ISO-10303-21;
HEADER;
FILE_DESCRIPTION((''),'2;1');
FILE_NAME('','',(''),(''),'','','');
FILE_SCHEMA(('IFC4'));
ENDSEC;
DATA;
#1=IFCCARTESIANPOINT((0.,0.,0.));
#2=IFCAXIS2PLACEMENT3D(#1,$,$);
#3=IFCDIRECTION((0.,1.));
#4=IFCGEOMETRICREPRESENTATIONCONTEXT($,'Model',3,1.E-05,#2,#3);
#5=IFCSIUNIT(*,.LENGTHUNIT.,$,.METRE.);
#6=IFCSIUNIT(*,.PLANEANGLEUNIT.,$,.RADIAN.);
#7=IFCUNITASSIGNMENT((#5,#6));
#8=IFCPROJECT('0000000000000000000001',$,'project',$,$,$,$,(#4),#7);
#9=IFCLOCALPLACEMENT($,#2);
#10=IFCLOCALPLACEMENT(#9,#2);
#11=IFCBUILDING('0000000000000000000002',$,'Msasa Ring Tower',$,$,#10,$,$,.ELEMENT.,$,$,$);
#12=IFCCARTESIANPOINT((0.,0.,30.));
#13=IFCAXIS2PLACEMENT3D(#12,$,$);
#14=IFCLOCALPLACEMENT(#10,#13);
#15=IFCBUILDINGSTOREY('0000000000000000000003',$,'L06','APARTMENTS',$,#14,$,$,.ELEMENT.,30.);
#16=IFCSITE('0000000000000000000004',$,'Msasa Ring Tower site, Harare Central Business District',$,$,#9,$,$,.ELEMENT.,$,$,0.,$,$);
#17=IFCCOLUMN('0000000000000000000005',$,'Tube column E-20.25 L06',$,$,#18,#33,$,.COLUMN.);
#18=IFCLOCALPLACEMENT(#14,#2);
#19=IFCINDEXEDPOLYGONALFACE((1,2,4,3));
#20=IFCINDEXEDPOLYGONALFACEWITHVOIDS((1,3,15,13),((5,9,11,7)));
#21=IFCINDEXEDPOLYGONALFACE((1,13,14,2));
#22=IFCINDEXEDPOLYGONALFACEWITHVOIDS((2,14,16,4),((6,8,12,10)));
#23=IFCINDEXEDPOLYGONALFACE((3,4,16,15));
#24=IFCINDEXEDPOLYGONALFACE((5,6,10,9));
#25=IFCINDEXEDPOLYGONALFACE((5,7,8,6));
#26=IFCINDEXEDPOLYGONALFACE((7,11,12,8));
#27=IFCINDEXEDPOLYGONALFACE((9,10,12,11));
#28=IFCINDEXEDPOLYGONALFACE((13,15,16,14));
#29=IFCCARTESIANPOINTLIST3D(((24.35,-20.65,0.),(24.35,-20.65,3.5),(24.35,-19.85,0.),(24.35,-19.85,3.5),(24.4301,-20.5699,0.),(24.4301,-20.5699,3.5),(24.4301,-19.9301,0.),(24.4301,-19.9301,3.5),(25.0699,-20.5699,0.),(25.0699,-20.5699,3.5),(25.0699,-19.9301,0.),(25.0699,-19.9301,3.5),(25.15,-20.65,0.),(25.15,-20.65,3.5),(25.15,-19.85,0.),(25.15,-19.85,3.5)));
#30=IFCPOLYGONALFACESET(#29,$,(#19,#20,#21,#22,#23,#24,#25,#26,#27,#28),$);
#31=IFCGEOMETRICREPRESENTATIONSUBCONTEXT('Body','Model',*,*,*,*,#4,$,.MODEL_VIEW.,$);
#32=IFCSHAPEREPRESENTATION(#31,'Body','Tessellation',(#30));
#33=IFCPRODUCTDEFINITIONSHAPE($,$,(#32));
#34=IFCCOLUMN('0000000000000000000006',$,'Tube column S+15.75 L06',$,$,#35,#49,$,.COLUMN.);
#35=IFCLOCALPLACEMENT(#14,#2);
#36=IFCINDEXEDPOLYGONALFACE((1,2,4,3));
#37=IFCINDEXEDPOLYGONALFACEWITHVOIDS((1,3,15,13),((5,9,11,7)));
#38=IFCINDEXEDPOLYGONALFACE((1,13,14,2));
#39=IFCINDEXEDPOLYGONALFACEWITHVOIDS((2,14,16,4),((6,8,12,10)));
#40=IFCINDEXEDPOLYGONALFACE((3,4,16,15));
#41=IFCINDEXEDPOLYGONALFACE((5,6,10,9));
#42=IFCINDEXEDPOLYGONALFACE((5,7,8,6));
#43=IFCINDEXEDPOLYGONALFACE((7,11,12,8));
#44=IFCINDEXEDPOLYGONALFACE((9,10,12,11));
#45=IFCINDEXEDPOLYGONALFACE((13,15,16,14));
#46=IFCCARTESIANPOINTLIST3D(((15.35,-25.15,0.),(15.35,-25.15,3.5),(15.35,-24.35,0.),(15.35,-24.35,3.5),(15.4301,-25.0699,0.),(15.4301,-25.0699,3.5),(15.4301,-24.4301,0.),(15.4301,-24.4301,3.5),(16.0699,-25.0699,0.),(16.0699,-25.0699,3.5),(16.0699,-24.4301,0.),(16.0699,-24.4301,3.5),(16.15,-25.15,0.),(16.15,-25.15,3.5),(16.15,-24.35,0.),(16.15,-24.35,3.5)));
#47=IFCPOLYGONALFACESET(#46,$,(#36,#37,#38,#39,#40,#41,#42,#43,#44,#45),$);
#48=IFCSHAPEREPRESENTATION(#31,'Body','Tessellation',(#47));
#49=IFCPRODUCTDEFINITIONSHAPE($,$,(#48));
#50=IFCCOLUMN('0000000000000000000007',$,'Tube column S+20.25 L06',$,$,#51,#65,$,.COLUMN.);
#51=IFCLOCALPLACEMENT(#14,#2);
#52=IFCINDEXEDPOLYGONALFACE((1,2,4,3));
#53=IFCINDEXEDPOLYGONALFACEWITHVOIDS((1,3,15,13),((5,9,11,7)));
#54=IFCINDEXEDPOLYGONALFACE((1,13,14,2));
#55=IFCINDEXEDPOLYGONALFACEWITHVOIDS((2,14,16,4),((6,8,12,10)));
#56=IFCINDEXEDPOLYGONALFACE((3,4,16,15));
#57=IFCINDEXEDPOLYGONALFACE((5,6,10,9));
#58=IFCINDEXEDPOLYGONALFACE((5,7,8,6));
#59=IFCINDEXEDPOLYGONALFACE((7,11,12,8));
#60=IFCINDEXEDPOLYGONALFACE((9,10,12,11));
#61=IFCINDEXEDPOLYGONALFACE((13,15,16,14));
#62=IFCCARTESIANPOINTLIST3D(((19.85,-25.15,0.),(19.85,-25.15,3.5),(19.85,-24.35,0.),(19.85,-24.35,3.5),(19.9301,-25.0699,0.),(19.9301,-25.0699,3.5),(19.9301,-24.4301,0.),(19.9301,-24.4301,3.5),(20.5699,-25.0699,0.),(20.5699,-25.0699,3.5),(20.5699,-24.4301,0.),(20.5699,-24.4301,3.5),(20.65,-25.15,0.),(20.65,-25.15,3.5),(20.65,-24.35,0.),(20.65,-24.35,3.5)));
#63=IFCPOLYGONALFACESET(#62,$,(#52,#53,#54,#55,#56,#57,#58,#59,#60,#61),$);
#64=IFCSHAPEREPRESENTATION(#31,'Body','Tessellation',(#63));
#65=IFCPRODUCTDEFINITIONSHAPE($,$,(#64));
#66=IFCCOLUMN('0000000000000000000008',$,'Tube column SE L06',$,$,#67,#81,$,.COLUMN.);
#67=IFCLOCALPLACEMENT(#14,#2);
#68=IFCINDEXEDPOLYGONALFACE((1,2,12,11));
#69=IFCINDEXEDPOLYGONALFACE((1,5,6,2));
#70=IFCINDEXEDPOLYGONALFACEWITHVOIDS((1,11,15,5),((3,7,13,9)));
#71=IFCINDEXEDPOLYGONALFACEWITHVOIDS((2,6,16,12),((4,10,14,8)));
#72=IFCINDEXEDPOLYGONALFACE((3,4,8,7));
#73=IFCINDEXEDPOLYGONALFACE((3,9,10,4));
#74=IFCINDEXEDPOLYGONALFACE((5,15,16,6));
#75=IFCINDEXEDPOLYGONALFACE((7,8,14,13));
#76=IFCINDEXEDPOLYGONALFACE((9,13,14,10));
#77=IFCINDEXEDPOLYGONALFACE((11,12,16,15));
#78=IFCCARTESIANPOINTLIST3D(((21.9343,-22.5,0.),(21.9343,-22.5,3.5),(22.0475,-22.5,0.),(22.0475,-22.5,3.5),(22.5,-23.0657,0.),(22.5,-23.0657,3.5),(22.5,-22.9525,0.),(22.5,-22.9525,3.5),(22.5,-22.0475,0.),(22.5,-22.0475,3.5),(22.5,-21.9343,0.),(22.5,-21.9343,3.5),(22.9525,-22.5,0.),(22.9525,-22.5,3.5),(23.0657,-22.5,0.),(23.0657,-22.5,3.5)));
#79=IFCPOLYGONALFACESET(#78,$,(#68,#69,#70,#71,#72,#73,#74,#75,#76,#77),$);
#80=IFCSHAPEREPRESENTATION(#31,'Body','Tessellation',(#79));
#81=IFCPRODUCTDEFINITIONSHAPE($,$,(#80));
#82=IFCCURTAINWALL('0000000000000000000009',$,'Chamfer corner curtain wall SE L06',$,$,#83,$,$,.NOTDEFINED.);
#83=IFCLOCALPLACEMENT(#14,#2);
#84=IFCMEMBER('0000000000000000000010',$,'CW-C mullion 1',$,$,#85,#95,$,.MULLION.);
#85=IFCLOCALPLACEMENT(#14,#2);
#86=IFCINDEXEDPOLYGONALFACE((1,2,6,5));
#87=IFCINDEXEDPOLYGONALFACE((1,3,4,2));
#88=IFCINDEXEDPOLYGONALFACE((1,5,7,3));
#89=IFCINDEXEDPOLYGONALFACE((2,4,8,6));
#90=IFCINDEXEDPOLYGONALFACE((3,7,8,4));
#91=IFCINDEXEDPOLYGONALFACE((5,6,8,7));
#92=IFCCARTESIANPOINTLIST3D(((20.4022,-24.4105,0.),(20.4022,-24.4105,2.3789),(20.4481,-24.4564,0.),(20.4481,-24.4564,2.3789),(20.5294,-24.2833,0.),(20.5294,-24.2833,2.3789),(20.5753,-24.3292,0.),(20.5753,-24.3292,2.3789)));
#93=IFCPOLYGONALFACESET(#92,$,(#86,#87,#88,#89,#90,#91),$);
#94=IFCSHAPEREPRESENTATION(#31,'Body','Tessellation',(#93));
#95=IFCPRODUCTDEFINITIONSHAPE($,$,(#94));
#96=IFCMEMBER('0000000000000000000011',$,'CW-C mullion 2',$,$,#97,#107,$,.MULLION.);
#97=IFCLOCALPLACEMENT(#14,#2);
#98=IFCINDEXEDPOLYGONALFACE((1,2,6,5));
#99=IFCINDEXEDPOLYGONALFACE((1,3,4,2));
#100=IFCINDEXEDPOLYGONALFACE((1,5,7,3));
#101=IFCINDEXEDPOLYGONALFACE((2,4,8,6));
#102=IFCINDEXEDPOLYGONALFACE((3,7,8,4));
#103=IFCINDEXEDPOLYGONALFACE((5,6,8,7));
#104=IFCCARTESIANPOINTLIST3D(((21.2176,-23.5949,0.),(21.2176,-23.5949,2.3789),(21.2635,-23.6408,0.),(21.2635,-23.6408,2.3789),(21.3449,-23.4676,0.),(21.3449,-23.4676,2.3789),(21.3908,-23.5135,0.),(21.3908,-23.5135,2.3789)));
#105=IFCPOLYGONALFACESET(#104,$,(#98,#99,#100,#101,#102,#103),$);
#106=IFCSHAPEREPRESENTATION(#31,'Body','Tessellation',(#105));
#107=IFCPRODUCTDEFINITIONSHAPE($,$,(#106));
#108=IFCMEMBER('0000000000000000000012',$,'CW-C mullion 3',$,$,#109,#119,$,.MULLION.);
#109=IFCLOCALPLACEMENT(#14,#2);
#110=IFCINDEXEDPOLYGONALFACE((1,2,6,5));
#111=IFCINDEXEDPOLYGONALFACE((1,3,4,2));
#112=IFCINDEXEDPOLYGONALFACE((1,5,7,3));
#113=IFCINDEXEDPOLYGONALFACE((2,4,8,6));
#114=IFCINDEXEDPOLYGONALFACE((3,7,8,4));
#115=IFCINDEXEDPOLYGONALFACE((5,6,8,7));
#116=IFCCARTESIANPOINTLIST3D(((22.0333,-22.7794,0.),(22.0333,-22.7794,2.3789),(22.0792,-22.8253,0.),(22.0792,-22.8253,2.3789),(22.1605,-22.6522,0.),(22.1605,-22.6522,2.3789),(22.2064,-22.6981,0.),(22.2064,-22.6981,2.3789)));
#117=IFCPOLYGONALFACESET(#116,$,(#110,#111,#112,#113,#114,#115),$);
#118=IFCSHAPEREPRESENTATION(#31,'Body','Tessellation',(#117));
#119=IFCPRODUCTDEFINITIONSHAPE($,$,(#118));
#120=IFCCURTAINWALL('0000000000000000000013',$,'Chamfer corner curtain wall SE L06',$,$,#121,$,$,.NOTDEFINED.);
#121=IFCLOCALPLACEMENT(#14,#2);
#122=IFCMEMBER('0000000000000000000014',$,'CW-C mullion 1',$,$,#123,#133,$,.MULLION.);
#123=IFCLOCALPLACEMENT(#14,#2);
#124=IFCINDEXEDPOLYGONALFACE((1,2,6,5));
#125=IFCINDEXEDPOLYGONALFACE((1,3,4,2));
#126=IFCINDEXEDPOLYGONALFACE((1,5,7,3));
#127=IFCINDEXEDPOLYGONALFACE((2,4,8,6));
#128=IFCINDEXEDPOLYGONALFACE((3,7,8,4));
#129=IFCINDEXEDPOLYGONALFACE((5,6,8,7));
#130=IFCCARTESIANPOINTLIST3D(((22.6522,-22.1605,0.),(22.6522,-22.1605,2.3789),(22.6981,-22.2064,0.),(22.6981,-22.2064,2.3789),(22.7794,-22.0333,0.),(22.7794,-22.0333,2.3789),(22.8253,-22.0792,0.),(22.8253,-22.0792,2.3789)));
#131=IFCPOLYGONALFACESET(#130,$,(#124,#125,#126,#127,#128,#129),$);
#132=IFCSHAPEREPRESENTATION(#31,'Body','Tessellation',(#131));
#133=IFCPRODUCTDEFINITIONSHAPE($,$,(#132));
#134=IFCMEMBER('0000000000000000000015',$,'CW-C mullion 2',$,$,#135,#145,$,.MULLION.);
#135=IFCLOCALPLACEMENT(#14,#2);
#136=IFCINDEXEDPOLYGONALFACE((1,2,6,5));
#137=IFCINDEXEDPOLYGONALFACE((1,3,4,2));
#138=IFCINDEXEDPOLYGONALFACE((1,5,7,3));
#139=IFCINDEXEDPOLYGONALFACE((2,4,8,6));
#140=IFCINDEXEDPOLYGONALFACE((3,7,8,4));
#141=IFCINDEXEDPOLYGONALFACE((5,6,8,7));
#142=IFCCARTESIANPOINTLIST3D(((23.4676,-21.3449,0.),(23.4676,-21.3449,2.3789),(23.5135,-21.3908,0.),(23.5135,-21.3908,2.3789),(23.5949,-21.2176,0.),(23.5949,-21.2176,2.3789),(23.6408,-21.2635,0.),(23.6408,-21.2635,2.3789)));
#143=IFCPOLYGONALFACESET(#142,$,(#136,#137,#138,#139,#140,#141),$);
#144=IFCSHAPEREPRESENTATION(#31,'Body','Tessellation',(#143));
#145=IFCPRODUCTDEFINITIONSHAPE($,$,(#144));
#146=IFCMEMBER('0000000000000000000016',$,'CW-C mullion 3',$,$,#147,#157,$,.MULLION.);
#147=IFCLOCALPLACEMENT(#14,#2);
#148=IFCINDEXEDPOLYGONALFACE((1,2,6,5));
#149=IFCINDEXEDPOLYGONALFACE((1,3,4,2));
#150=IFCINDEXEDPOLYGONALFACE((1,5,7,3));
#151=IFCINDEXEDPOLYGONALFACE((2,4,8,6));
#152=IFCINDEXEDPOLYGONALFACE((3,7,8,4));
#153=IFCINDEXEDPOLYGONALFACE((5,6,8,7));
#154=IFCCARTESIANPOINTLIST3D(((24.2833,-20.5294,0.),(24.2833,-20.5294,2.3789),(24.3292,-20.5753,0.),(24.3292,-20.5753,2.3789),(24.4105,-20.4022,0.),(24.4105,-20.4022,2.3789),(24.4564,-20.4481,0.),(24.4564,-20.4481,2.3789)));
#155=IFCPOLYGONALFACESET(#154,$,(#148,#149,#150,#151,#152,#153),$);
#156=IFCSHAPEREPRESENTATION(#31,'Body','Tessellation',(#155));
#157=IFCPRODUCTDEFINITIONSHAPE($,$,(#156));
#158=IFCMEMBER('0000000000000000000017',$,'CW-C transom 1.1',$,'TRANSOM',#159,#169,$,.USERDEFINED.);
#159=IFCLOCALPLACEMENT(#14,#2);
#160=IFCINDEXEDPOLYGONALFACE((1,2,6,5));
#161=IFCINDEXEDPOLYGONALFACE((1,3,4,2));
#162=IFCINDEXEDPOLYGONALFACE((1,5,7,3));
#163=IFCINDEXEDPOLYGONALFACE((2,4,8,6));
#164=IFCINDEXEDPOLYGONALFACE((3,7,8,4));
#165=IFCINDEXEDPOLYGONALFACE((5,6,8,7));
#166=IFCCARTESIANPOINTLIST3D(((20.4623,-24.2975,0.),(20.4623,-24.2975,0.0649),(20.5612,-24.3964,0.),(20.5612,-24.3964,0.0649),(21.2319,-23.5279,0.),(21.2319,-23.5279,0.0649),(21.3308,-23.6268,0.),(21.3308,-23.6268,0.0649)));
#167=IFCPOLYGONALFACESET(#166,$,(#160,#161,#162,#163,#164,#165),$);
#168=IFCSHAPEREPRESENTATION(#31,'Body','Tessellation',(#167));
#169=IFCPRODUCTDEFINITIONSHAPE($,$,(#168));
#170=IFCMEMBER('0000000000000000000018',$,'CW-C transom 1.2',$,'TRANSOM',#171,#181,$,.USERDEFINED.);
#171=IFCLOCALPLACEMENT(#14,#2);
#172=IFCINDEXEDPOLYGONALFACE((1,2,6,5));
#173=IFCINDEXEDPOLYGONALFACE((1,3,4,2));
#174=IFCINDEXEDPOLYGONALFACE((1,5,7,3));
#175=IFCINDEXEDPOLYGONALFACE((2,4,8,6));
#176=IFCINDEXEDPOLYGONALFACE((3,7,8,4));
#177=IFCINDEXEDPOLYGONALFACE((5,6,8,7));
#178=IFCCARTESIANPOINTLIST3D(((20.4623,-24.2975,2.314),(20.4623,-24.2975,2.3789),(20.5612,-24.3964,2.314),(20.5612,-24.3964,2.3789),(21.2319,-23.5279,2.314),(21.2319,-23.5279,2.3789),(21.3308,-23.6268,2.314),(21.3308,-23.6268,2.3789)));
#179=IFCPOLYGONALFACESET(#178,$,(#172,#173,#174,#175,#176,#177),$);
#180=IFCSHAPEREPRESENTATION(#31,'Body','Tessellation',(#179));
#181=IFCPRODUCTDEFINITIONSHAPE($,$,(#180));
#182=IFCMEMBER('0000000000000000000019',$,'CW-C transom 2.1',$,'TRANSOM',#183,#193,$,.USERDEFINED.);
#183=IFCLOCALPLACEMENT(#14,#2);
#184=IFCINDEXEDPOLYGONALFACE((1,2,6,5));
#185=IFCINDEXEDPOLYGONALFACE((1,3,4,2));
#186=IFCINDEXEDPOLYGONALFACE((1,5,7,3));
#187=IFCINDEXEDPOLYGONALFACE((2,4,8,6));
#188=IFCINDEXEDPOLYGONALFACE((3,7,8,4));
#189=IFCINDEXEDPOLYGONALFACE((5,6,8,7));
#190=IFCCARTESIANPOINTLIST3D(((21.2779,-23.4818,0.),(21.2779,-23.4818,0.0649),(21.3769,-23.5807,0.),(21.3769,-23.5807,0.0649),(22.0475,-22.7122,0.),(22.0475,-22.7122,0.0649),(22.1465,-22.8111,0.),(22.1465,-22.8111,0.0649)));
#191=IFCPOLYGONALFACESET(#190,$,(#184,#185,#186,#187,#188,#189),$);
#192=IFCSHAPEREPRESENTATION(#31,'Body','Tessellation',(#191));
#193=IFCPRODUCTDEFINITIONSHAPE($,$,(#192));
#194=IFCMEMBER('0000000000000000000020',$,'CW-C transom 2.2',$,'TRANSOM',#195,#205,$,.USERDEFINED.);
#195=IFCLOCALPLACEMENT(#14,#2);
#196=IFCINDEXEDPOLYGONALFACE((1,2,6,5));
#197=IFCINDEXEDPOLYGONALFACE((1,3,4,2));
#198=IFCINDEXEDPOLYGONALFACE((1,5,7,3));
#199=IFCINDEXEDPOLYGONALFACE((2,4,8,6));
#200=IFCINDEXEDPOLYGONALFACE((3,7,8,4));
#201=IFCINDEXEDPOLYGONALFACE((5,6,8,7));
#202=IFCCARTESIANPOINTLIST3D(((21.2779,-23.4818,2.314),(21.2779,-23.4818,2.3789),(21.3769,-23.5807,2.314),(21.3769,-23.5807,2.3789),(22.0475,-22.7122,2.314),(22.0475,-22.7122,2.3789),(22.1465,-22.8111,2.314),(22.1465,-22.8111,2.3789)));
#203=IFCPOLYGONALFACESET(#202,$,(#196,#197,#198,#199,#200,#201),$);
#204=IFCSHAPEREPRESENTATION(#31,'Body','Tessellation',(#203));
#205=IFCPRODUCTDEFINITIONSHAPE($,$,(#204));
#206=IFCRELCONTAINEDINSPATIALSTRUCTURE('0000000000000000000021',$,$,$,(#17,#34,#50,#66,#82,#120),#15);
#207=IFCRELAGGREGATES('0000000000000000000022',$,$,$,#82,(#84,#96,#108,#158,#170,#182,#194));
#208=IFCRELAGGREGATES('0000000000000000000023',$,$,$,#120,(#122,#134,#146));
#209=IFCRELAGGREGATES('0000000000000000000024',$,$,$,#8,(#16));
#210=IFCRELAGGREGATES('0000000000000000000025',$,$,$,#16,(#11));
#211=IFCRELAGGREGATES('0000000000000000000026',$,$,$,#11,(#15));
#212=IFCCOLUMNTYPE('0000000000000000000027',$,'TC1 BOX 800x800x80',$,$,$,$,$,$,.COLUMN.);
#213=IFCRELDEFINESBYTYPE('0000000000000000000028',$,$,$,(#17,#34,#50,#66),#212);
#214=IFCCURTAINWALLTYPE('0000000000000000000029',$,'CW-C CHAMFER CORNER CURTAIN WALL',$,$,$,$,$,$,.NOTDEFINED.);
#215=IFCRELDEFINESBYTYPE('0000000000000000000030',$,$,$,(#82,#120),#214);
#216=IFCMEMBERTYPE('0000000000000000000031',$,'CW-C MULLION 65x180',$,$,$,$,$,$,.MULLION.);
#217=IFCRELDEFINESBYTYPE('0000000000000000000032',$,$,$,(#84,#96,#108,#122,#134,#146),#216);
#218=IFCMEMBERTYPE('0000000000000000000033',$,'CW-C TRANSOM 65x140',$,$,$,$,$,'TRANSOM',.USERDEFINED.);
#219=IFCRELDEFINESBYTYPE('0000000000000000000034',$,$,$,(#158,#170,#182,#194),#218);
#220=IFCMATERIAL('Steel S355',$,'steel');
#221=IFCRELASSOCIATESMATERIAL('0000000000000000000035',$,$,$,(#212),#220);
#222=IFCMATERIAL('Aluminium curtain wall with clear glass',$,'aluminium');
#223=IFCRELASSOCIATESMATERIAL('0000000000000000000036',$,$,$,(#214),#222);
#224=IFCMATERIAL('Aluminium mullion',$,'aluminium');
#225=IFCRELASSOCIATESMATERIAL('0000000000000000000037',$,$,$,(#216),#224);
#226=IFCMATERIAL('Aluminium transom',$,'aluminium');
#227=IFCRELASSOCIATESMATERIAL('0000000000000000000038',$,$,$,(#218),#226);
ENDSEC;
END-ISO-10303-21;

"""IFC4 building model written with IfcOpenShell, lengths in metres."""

from ifc_helpers import new_model, si_unit, direction, frame, origin, origin_2d, place, context, subcontext, project, spatial, rectangle, hollow_rectangle, extrude, material, material_profile, profile_set, type_object, element, aggregate, save


model = new_model("IFC4")

# Units and contexts
model_context = context("Model", 3, precision=1e-05, world=origin(), true_north=direction((0.0, 1.0)))
body_context = subcontext(model_context, "Body", "Model", "MODEL_VIEW")
ifc_project = project(units=[si_unit("LENGTHUNIT", "METRE"), si_unit("PLANEANGLEUNIT", "RADIAN")], contexts=[model_context])

# Site, building, storey
site_placement = place(None, origin())
site = spatial("IfcSite", under=ifc_project, at=site_placement, Name="Msasa Ring Tower site, Harare Central Business District", CompositionType="ELEMENT", RefElevation=0.0)
building_placement = place(site_placement, origin())
building = spatial("IfcBuilding", under=site, at=building_placement, Name="Msasa Ring Tower", CompositionType="ELEMENT")
storey_placement = place(building_placement, frame((0.0, 0.0, 30.0)))
storey = spatial("IfcBuildingStorey", under=building, at=storey_placement, Name="L06", Description="APARTMENTS", CompositionType="ELEMENT", Elevation=30.0)

# Columns
ifc_material_1 = material(Name="Steel S355", Category="steel")
ifc_material_profile_1 = material_profile(ifc_material_1, hollow_rectangle(XDim=0.8, YDim=0.8, WallThickness=0.0801, at=origin_2d()), Name="BOX 800x800x80")
ifc_profile_set_1 = profile_set([ifc_material_profile_1], Name="Steel S355")
column_type = type_object("IfcColumnType", Name="TC1 BOX 800x800x80", PredefinedType="COLUMN", material=ifc_profile_set_1)
for number, where, z_axis, x_axis, name in (
    (1, (24.75, -20.25, 0.0), (0.0, 0.0, 1.0), (1.0, 0.0, 0.0), "Tube column E-20.25 L06"),
    (2, (15.75, -24.75, 0.0), (0.0, 0.0, 1.0), (0.0, 1.0, 0.0), "Tube column S+15.75 L06"),
    (3, (20.25, -24.75, 0.0), (0.0, 0.0, 1.0), (0.0, 1.0, 0.0), "Tube column S+20.25 L06"),
    (4, (22.5, -22.5, 0.0), (0.0, 0.0, 1.0), (0.707107, -0.707107, 0.0), "Tube column SE L06"),
):
    element("IfcColumn", number, at=place(storey_placement, frame(where, z_axis=z_axis, x_axis=x_axis)), inside=storey, type_object=column_type, Name=name, PredefinedType="COLUMN", context=body_context, shape_type="SweptSolid", body=[
        extrude(hollow_rectangle(XDim=0.8, YDim=0.8, WallThickness=0.0801, at=origin_2d()), origin(), (0.0, 0.0, 1.0), 3.5),
    ])

# Curtain walls, members
ifc_material_2 = material(Name="Aluminium curtain wall with clear glass", Category="aluminium")
curtain_wall_type = type_object("IfcCurtainWallType", Name="CW-C CHAMFER CORNER CURTAIN WALL", PredefinedType="NOTDEFINED", material=ifc_material_2)
curtain_wall_1_placement = place(storey_placement, origin())
curtain_wall_1 = element("IfcCurtainWall", 5, at=curtain_wall_1_placement, inside=storey, type_object=curtain_wall_type, Name="Chamfer corner curtain wall SE L06", PredefinedType="NOTDEFINED")
ifc_material_3 = material(Name="Aluminium mullion", Category="aluminium")
ifc_material_profile_2 = material_profile(ifc_material_3, rectangle(XDim=0.0649, YDim=0.1799, at=origin_2d()), Name="AL 65x180")
ifc_profile_set_2 = profile_set([ifc_material_profile_2], Name="Aluminium mullion")
member_type_1 = type_object("IfcMemberType", Name="CW-C MULLION 65x180", PredefinedType="MULLION", material=ifc_profile_set_2)
member_1_placement = place(storey_placement, frame((20.4888, -24.3699, 0.0), z_axis=(0.0, 0.0, 1.0), x_axis=(-0.707107, 0.707107, 0.0)))
member_1 = element("IfcMember", 6, at=member_1_placement, type_object=member_type_1, Name="CW-C mullion 1", PredefinedType="MULLION", context=body_context, shape_type="SweptSolid", body=[
    extrude(rectangle(XDim=0.0649, YDim=0.1799, at=origin_2d()), origin(), (0.0, 0.0, 1.0), 2.3789),
])
member_2_placement = place(storey_placement, frame((21.3042, -23.5542, 0.0), z_axis=(0.0, 0.0, 1.0), x_axis=(-0.707107, 0.707107, 0.0)))
member_2 = element("IfcMember", 7, at=member_2_placement, type_object=member_type_1, Name="CW-C mullion 2", PredefinedType="MULLION", context=body_context, shape_type="SweptSolid", body=[
    extrude(rectangle(XDim=0.0649, YDim=0.1799, at=origin_2d()), origin(), (0.0, 0.0, 1.0), 2.3789),
])
member_3_placement = place(storey_placement, frame((22.1199, -22.7388, 0.0), z_axis=(0.0, 0.0, 1.0), x_axis=(-0.707107, 0.707107, 0.0)))
member_3 = element("IfcMember", 8, at=member_3_placement, type_object=member_type_1, Name="CW-C mullion 3", PredefinedType="MULLION", context=body_context, shape_type="SweptSolid", body=[
    extrude(rectangle(XDim=0.0649, YDim=0.1799, at=origin_2d()), origin(), (0.0, 0.0, 1.0), 2.3789),
])
curtain_wall_2_placement = place(storey_placement, origin())
curtain_wall_2 = element("IfcCurtainWall", 9, at=curtain_wall_2_placement, inside=storey, type_object=curtain_wall_type, Name="Chamfer corner curtain wall SE L06", PredefinedType="NOTDEFINED")
member_4_placement = place(storey_placement, frame((22.7388, -22.1199, 0.0), z_axis=(0.0, 0.0, 1.0), x_axis=(-0.707107, 0.707107, 0.0)))
member_4 = element("IfcMember", 10, at=member_4_placement, type_object=member_type_1, Name="CW-C mullion 1", PredefinedType="MULLION", context=body_context, shape_type="SweptSolid", body=[
    extrude(rectangle(XDim=0.0649, YDim=0.1799, at=origin_2d()), origin(), (0.0, 0.0, 1.0), 2.3789),
])
member_5_placement = place(storey_placement, frame((23.5542, -21.3042, 0.0), z_axis=(0.0, 0.0, 1.0), x_axis=(-0.707107, 0.707107, 0.0)))
member_5 = element("IfcMember", 11, at=member_5_placement, type_object=member_type_1, Name="CW-C mullion 2", PredefinedType="MULLION", context=body_context, shape_type="SweptSolid", body=[
    extrude(rectangle(XDim=0.0649, YDim=0.1799, at=origin_2d()), origin(), (0.0, 0.0, 1.0), 2.3789),
])
member_6_placement = place(storey_placement, frame((24.3699, -20.4888, 0.0), z_axis=(0.0, 0.0, 1.0), x_axis=(-0.707107, 0.707107, 0.0)))
member_6 = element("IfcMember", 12, at=member_6_placement, type_object=member_type_1, Name="CW-C mullion 3", PredefinedType="MULLION", context=body_context, shape_type="SweptSolid", body=[
    extrude(rectangle(XDim=0.0649, YDim=0.1799, at=origin_2d()), origin(), (0.0, 0.0, 1.0), 2.3789),
])

# Members
ifc_material_4 = material(Name="Aluminium transom", Category="aluminium")
ifc_material_profile_3 = material_profile(ifc_material_4, rectangle(XDim=0.1399, YDim=0.0649, at=origin_2d()), Name="AL 65x140")
ifc_profile_set_3 = profile_set([ifc_material_profile_3], Name="Aluminium transom")
member_type_2 = type_object("IfcMemberType", Name="CW-C TRANSOM 65x140", ElementType="TRANSOM", PredefinedType="USERDEFINED", material=ifc_profile_set_3)
member_7_placement = place(storey_placement, frame((20.5117, -24.3469, 0.0325), z_axis=(0.707107, 0.707107, 0.0), x_axis=(-0.707107, 0.707107, 0.0)))
member_7 = element("IfcMember", 13, at=member_7_placement, type_object=member_type_2, Name="CW-C transom 1.1", ObjectType="TRANSOM", PredefinedType="USERDEFINED", context=body_context, shape_type="SweptSolid", body=[
    extrude(rectangle(XDim=0.1399, YDim=0.0649, at=origin_2d()), origin(), (0.0, 0.0, 1.0), 1.0884),
])
member_8_placement = place(storey_placement, frame((20.5117, -24.3469, 2.3464), z_axis=(0.707107, 0.707107, 0.0), x_axis=(-0.707107, 0.707107, 0.0)))
member_8 = element("IfcMember", 14, at=member_8_placement, type_object=member_type_2, Name="CW-C transom 1.2", ObjectType="TRANSOM", PredefinedType="USERDEFINED", context=body_context, shape_type="SweptSolid", body=[
    extrude(rectangle(XDim=0.1399, YDim=0.0649, at=origin_2d()), origin(), (0.0, 0.0, 1.0), 1.0884),
])
member_9_placement = place(storey_placement, frame((21.3274, -23.5312, 0.0325), z_axis=(0.707107, 0.707107, 0.0), x_axis=(-0.707107, 0.707107, 0.0)))
member_9 = element("IfcMember", 15, at=member_9_placement, type_object=member_type_2, Name="CW-C transom 2.1", ObjectType="TRANSOM", PredefinedType="USERDEFINED", context=body_context, shape_type="SweptSolid", body=[
    extrude(rectangle(XDim=0.1399, YDim=0.0649, at=origin_2d()), origin(), (0.0, 0.0, 1.0), 1.0884),
])
member_10_placement = place(storey_placement, frame((21.3274, -23.5312, 2.3464), z_axis=(0.707107, 0.707107, 0.0), x_axis=(-0.707107, 0.707107, 0.0)))
member_10 = element("IfcMember", 16, at=member_10_placement, type_object=member_type_2, Name="CW-C transom 2.2", ObjectType="TRANSOM", PredefinedType="USERDEFINED", context=body_context, shape_type="SweptSolid", body=[
    extrude(rectangle(XDim=0.1399, YDim=0.0649, at=origin_2d()), origin(), (0.0, 0.0, 1.0), 1.0884),
])

aggregate(curtain_wall_1, [member_1, member_2, member_3, member_7, member_8, member_9, member_10])
aggregate(curtain_wall_2, [member_4, member_5, member_6])

save(model, "model.ifc")
